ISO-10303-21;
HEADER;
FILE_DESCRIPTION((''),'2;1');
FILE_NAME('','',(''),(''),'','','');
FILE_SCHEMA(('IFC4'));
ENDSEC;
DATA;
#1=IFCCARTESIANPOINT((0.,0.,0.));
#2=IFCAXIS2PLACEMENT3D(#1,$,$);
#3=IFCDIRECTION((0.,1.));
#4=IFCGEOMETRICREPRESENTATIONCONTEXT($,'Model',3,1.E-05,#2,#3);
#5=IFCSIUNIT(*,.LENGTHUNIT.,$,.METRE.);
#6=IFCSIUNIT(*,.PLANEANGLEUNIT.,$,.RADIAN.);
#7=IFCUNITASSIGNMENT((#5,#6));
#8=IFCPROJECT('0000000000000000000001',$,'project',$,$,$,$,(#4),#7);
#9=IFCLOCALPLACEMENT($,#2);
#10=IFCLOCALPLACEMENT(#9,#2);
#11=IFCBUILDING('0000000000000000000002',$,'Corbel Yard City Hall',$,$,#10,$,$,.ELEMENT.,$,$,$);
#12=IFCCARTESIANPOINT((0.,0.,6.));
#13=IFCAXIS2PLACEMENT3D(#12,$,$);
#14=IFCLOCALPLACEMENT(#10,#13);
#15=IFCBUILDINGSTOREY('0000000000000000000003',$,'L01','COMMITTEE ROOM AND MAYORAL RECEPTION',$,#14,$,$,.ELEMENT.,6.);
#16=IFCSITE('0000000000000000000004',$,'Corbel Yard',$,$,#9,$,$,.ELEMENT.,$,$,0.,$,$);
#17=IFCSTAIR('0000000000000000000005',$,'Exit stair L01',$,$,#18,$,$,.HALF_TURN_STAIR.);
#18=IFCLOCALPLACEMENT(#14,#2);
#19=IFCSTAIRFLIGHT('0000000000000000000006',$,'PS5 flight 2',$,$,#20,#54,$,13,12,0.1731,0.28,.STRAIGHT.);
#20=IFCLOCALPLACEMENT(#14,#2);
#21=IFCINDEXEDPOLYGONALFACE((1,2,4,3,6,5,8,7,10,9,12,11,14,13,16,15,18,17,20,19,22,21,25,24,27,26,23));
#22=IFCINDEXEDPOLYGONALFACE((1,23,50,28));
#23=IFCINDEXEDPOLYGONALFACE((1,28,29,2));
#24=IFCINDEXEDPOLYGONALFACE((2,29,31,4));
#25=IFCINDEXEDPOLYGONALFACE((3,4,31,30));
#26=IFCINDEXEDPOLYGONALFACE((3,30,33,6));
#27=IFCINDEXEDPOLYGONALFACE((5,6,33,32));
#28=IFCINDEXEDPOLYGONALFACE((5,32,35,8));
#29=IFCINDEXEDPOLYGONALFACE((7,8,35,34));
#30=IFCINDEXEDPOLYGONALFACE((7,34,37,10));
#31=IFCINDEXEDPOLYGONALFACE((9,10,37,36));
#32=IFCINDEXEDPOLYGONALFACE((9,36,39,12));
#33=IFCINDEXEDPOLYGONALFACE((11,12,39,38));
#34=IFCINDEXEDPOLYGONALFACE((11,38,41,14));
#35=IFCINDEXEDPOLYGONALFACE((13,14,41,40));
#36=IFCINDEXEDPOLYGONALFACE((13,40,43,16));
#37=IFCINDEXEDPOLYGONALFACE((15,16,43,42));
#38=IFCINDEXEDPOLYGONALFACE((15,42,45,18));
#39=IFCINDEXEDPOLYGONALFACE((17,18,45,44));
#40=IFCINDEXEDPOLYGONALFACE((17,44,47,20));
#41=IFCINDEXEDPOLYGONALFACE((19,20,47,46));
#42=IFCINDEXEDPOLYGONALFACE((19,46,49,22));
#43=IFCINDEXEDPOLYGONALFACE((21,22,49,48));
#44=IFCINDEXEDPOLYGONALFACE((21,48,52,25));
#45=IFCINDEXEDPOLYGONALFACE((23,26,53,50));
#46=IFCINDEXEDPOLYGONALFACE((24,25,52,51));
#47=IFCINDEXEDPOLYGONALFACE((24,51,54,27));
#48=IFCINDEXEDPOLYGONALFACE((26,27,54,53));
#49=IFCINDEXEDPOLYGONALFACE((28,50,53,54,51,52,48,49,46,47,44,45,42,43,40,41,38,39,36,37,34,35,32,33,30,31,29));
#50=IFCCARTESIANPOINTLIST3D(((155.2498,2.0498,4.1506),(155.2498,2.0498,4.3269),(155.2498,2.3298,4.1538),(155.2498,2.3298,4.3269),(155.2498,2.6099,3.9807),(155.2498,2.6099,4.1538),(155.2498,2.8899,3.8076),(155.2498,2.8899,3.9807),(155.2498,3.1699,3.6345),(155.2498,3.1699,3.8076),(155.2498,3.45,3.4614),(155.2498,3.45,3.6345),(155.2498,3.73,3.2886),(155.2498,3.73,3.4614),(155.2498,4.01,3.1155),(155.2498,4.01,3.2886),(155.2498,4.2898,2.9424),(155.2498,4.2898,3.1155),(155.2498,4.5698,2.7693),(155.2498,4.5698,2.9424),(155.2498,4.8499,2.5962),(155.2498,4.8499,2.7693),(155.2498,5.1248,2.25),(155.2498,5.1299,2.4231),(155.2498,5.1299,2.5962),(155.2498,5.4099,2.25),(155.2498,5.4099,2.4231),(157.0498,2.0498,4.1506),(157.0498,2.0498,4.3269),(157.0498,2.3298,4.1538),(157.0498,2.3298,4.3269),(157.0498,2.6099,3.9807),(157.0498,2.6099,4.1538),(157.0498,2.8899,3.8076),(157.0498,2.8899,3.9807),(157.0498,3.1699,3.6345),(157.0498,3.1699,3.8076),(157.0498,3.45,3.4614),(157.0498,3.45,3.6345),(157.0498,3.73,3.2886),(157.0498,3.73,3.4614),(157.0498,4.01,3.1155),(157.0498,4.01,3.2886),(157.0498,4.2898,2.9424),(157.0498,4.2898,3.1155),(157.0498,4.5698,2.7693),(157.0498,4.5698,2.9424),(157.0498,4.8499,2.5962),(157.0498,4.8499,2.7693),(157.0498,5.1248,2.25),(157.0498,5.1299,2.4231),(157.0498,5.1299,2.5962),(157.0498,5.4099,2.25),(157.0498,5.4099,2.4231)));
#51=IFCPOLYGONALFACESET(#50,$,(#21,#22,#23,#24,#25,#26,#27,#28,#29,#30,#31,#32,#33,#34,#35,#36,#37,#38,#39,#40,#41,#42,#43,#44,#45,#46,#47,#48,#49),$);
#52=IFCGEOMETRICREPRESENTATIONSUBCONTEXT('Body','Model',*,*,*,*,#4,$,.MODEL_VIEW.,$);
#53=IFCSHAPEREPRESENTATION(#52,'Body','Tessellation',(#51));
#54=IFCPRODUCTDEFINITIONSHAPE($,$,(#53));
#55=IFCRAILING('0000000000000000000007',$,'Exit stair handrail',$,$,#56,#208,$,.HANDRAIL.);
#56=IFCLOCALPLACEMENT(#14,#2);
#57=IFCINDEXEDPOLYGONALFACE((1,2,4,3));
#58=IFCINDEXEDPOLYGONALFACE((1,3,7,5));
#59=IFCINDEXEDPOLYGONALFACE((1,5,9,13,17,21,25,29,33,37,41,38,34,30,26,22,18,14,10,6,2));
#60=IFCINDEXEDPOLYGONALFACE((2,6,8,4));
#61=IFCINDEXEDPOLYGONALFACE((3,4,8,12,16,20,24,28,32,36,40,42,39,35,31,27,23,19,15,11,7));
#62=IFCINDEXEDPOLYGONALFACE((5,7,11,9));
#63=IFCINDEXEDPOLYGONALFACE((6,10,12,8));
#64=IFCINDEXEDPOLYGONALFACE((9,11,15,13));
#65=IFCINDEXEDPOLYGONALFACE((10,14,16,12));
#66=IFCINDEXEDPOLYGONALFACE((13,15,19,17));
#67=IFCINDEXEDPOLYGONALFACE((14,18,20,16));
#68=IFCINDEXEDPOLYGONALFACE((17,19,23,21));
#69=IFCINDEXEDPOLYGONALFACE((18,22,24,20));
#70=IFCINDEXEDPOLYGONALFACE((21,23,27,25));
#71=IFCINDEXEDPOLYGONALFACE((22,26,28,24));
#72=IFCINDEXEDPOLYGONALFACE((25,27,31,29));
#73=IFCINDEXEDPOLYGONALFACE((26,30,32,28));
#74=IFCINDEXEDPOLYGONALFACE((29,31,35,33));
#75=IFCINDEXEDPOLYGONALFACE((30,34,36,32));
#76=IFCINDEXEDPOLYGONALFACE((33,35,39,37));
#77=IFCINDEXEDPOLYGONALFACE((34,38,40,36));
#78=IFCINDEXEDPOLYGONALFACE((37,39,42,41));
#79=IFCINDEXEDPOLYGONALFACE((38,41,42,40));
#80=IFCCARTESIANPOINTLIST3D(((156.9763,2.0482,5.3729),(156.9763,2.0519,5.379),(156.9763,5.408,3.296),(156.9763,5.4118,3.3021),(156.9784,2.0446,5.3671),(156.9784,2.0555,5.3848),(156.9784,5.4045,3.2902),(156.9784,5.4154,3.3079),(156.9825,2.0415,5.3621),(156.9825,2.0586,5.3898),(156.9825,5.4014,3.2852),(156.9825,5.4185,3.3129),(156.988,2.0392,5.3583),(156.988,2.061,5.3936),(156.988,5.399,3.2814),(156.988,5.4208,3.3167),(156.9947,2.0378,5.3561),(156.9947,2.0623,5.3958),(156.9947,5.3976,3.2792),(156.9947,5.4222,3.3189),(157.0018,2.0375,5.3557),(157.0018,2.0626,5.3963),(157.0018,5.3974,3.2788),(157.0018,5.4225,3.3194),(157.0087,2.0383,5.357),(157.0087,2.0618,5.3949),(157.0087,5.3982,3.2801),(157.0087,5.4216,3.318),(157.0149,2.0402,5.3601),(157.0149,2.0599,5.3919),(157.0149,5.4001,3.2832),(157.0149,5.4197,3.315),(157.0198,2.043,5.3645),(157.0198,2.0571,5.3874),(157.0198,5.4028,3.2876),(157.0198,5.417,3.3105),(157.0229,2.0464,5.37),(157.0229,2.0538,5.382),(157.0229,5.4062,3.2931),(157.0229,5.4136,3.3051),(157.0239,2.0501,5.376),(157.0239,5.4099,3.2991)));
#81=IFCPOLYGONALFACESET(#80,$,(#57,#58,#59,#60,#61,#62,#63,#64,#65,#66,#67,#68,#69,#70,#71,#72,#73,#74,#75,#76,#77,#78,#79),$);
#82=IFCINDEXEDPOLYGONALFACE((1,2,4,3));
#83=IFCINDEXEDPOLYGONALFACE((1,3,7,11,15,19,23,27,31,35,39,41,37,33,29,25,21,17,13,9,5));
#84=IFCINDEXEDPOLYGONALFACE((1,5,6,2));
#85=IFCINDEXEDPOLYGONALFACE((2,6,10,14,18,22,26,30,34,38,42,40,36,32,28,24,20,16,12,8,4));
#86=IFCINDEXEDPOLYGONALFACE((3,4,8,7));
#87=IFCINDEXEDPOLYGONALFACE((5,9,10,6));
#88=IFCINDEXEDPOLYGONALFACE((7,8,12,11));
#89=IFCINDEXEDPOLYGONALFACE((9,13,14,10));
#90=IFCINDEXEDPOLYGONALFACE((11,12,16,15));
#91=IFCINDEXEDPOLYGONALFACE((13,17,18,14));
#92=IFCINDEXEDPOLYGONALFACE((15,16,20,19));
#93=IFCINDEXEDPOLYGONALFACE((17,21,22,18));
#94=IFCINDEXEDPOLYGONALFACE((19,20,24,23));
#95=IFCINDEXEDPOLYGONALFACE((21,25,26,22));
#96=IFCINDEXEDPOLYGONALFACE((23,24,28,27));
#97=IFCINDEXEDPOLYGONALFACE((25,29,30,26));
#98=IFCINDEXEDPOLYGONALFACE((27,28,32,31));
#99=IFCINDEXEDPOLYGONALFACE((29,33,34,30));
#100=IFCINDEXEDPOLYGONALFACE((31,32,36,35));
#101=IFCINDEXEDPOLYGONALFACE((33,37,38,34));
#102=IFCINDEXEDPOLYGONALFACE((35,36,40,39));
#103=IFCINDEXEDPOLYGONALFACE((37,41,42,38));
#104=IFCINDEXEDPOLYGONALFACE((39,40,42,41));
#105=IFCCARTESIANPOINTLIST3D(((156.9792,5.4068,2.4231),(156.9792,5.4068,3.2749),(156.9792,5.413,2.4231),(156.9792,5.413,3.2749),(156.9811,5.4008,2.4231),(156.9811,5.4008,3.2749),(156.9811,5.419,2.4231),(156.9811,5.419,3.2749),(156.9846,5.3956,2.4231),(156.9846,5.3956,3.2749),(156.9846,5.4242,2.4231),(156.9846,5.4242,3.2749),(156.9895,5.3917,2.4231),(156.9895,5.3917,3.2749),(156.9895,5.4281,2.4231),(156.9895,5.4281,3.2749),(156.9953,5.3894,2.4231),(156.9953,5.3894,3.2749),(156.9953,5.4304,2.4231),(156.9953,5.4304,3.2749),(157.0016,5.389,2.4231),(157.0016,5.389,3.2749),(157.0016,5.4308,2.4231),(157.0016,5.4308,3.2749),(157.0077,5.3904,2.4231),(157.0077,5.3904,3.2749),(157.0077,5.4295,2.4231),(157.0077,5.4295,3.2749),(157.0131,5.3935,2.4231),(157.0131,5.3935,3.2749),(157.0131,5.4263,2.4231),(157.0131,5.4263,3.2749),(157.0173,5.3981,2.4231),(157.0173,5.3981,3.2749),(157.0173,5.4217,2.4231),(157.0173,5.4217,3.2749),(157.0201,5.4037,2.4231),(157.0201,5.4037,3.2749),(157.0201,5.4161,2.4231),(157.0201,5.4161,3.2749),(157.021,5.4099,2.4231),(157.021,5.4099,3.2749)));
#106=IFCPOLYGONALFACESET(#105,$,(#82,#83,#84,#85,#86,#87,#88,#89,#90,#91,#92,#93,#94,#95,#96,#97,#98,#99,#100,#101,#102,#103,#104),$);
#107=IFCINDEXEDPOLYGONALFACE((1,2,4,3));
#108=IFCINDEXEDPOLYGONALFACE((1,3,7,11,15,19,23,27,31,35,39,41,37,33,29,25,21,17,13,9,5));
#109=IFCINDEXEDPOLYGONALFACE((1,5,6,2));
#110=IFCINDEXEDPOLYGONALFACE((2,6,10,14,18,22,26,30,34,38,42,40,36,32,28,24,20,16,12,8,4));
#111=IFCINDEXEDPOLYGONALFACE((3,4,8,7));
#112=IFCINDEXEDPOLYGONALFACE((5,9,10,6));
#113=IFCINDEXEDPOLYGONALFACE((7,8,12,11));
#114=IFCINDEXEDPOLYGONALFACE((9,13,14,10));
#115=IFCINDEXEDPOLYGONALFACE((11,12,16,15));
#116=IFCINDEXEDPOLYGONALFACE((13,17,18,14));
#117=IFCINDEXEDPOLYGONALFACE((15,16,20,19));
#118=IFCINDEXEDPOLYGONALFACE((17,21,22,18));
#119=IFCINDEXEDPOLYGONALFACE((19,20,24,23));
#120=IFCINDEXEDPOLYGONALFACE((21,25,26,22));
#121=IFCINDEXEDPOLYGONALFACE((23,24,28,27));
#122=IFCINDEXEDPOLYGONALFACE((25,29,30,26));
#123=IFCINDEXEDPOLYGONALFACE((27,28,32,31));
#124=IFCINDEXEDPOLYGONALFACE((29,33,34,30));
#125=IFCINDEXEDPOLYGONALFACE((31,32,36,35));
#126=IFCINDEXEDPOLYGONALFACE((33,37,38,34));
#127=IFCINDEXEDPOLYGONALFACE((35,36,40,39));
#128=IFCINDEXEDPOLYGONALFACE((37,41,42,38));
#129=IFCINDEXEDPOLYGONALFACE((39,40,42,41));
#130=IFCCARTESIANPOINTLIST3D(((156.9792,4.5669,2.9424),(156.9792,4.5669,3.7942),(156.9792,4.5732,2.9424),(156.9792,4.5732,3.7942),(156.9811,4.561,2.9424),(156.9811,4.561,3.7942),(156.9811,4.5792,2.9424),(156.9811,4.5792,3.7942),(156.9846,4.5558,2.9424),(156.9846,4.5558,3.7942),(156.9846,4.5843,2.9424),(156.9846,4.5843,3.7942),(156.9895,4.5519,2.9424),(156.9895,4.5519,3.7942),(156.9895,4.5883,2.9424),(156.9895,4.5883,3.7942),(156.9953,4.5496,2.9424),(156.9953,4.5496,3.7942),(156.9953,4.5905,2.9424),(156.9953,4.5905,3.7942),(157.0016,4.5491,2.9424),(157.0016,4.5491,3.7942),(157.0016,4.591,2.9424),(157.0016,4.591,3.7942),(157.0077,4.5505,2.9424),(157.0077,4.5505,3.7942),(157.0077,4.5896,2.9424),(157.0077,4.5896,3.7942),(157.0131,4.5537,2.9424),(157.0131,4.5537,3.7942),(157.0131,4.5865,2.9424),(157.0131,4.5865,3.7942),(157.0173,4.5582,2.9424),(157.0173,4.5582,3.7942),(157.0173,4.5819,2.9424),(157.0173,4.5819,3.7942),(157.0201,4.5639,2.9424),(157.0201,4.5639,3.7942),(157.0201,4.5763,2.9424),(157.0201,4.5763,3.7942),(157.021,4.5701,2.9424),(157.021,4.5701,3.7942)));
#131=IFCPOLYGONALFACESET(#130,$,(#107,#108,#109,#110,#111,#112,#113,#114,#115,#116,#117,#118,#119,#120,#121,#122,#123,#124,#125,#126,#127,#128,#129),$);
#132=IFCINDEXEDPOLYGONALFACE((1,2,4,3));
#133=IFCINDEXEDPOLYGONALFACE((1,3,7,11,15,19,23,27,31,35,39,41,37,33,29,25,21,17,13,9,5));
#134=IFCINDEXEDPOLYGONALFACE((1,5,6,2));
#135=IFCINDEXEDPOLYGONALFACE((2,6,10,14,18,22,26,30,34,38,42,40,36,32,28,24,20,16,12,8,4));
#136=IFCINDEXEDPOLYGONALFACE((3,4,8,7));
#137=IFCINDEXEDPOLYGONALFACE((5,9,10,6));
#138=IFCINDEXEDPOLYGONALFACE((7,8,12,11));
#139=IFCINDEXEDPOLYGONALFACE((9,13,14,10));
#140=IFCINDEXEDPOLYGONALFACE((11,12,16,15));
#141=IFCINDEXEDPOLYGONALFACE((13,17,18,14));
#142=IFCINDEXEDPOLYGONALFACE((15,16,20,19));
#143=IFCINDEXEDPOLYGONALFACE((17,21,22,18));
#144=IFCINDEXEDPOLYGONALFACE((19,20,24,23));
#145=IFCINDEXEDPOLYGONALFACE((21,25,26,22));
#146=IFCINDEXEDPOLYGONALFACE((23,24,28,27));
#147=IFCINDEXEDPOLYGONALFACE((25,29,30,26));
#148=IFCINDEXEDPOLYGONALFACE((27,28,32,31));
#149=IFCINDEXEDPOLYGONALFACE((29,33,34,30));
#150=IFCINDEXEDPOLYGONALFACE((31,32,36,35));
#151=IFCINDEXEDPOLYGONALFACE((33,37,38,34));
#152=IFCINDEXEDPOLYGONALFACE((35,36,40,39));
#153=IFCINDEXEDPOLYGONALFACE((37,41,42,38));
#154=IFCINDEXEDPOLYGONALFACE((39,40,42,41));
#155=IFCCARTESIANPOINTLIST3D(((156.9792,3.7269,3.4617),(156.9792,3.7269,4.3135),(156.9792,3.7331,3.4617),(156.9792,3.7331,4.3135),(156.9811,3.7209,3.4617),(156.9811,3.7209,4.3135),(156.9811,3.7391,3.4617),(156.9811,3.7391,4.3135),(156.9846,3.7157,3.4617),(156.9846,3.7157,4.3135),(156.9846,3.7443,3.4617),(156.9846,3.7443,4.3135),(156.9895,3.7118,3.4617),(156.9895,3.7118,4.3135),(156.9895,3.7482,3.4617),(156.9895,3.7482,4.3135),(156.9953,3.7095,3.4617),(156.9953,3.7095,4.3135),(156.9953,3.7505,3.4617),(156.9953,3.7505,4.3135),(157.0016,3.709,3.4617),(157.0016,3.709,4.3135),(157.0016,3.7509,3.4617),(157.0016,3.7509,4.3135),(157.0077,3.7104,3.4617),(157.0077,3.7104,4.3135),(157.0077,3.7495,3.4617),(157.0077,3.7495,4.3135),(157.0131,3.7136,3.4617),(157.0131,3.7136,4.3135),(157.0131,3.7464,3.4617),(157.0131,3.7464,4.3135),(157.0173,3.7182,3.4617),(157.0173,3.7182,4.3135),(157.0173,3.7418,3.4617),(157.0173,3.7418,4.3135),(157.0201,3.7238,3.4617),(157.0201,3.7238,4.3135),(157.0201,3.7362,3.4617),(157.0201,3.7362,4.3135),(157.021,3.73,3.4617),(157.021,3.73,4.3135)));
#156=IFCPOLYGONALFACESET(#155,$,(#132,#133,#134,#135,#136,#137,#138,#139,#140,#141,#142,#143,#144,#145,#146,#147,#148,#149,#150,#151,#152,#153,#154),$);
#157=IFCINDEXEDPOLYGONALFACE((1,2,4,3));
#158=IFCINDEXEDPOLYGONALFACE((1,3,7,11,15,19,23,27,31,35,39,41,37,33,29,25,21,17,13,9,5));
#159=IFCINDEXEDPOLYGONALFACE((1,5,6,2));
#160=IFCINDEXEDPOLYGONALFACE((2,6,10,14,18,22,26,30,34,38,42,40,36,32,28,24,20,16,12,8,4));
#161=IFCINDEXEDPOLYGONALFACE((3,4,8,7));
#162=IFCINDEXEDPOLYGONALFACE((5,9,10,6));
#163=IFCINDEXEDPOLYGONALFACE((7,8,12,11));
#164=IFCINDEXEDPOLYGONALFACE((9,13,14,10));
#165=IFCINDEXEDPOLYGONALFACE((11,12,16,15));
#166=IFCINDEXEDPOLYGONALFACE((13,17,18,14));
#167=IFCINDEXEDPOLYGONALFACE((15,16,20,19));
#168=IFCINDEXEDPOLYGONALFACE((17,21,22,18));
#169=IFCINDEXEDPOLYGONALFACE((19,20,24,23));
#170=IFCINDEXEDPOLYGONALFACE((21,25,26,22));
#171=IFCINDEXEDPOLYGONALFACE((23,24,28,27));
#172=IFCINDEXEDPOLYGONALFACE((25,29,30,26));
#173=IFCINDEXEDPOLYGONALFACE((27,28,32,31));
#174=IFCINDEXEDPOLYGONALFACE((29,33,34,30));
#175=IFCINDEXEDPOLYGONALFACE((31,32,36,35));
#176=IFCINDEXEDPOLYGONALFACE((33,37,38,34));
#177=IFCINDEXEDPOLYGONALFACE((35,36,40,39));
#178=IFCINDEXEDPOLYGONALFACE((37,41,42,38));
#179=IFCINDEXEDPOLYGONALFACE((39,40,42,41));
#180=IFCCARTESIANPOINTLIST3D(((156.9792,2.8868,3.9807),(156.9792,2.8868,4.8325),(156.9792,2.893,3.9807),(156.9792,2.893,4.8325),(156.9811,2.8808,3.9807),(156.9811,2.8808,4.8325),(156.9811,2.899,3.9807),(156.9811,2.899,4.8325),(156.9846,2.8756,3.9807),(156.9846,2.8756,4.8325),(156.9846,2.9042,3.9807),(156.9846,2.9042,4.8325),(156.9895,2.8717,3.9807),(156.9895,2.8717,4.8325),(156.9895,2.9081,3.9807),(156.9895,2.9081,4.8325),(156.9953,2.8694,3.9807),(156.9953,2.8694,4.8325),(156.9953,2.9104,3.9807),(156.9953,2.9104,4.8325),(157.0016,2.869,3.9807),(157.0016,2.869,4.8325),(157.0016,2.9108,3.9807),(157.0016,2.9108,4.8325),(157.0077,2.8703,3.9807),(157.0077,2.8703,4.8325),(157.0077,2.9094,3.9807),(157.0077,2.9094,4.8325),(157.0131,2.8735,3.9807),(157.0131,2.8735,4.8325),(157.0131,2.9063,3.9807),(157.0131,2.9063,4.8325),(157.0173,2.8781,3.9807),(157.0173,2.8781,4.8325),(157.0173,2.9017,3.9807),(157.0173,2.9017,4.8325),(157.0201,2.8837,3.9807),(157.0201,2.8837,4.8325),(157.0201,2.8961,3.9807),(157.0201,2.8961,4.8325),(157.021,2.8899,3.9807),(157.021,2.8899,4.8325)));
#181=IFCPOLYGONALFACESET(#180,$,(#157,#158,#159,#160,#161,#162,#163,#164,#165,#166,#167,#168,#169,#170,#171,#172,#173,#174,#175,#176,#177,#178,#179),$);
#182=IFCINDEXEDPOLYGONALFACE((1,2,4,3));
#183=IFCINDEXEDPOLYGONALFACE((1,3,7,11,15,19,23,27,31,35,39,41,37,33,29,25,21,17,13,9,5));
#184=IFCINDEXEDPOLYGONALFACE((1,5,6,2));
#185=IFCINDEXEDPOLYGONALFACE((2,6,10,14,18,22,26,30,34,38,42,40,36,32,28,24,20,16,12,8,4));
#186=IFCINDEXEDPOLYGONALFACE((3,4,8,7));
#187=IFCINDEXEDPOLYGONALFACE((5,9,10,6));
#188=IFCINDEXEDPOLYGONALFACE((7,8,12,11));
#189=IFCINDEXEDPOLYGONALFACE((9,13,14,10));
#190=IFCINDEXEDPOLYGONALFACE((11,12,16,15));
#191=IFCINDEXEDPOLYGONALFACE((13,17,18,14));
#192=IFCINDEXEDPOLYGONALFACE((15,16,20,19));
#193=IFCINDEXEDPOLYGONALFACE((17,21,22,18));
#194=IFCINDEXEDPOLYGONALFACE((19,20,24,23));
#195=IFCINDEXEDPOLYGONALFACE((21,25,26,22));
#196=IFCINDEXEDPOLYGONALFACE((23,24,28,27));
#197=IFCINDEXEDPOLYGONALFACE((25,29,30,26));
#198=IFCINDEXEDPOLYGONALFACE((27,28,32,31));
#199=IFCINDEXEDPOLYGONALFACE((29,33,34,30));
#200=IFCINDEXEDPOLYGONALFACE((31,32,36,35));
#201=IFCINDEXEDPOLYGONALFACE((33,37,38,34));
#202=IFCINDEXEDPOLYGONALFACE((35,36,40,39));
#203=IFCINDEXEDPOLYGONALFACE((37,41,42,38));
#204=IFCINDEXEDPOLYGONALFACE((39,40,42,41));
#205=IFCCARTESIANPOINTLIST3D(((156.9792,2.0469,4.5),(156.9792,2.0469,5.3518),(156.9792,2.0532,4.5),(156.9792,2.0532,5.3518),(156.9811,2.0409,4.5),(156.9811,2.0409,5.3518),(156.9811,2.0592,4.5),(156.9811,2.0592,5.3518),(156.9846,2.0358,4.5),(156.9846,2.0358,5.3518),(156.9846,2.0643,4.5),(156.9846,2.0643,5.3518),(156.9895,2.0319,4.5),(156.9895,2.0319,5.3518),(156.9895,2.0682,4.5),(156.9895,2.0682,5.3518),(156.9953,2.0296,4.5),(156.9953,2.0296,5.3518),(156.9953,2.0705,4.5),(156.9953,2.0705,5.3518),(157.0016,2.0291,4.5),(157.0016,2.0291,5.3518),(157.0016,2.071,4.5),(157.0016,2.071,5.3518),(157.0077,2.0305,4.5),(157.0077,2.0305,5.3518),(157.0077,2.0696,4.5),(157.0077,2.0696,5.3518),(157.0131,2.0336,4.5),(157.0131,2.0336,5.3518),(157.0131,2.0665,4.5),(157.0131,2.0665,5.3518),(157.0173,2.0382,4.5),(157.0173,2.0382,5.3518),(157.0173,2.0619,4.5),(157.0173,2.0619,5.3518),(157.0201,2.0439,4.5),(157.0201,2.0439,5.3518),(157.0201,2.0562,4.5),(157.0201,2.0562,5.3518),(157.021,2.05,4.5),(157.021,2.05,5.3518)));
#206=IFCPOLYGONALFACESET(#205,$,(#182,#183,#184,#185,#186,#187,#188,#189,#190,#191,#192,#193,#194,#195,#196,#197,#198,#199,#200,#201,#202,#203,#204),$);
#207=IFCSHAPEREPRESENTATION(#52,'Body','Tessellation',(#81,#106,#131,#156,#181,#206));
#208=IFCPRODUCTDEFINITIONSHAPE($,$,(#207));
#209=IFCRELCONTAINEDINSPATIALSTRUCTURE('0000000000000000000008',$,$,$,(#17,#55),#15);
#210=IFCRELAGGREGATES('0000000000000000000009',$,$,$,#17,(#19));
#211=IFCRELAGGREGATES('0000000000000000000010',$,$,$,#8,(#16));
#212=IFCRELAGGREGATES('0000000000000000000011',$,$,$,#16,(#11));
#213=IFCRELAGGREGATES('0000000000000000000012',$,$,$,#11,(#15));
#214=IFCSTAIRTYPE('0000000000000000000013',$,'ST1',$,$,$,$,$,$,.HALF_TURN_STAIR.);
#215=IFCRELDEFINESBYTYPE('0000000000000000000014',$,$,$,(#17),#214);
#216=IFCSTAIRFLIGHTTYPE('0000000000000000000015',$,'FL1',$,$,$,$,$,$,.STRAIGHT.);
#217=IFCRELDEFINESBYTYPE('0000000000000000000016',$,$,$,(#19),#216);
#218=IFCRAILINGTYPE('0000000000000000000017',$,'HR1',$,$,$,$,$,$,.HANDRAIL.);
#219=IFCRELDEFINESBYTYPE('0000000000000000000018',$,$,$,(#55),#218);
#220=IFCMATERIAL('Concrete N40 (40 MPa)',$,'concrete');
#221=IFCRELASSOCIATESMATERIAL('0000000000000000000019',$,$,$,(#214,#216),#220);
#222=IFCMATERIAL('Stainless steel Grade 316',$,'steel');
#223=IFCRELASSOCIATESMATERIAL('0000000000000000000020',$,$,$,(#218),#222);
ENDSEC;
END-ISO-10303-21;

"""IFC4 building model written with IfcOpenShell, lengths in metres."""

from ifc_helpers import new_model, si_unit, direction, frame, origin, origin_2d, place, context, subcontext, project, spatial, polyline, circle, outline, extrude, material, type_object, element, aggregate, save


model = new_model("IFC4")

# Units and contexts
model_context = context("Model", 3, precision=1e-05, world=origin(), true_north=direction((0.0, 1.0)))
body_context = subcontext(model_context, "Body", "Model", "MODEL_VIEW")
ifc_project = project(units=[si_unit("LENGTHUNIT", "METRE"), si_unit("PLANEANGLEUNIT", "RADIAN")], contexts=[model_context])

# Site, building, storey
site_placement = place(None, origin())
site = spatial("IfcSite", under=ifc_project, at=site_placement, Name="Corbel Yard", CompositionType="ELEMENT", RefElevation=0.0)
building_placement = place(site_placement, origin())
building = spatial("IfcBuilding", under=site, at=building_placement, Name="Corbel Yard City Hall", CompositionType="ELEMENT")
storey_placement = place(building_placement, frame((0.0, 0.0, 6.0)))
storey = spatial("IfcBuildingStorey", under=building, at=storey_placement, Name="L01", Description="COMMITTEE ROOM AND MAYORAL RECEPTION", CompositionType="ELEMENT", Elevation=6.0)

# Shared definitions
ifc_material_1 = material(Name="Concrete N40 (40 MPa)", Category="concrete")
ifc_material_2 = material(Name="Stainless steel Grade 316", Category="steel")

# Stair, stair flight
stair_type = type_object("IfcStairType", Name="ST1", PredefinedType="HALF_TURN_STAIR", material=ifc_material_1)
stair_placement = place(storey_placement, origin())
stair = element("IfcStair", 1, at=stair_placement, inside=storey, type_object=stair_type, Name="Exit stair L01", PredefinedType="HALF_TURN_STAIR")
stair_flight_type = type_object("IfcStairFlightType", Name="FL1", PredefinedType="STRAIGHT", material=ifc_material_1)
stair_flight_placement = place(storey_placement, frame((156.1499, 5.4099, 2.25), z_axis=(0.0, 0.0, 1.0), x_axis=(0.0, -1.0, 0.0)))
stair_flight = element("IfcStairFlight", 2, at=stair_flight_placement, type_object=stair_flight_type, Name="PS5 flight 2", NumberOfRisers=13, NumberOfTreads=12, PredefinedType="STRAIGHT", RiserHeight=0.1731, TreadLength=0.28, context=body_context, shape_type="SweptSolid", body=[
    extrude(outline(polyline([(0.0, 0.0), (0.0, 0.1731), (0.28, 0.1731), (0.28, 0.3462), (0.5601, 0.3462), (0.5601, 0.5193), (0.8401, 0.5193), (0.8401, 0.6924), (1.1201, 0.6924), (1.1201, 0.8655), (1.3999, 0.8655), (1.3999, 1.0386), (1.6799, 1.0386), (1.6799, 1.2114), (1.96, 1.2114), (1.96, 1.3845), (2.24, 1.3845), (2.24, 1.5576), (2.52, 1.5576), (2.52, 1.7307), (2.8, 1.7307), (2.8, 1.9038), (3.0801, 1.9038), (3.0801, 2.0769), (3.3601, 2.0769), (3.3601, 2.25), (3.3601, 1.9006), (0.2852, 0.0), (0.0, 0.0)])), frame((0.0, 0.8999, 0.0), z_axis=(0.0, -1.0, 0.0), x_axis=(1.0, 0.0, 0.0)), (0.0, 0.0, 1.0), 1.8),
])
aggregate(stair, [stair_flight])

# Railing
railing_type = type_object("IfcRailingType", Name="HR1", PredefinedType="HANDRAIL", material=ifc_material_2)
railing_placement = place(storey_placement, frame((157.0, 5.4099, 2.4231)))
element("IfcRailing", 3, at=railing_placement, inside=storey, type_object=railing_type, Name="Exit stair handrail", PredefinedType="HANDRAIL", context=body_context, shape_type="SweptSolid", body=[
    extrude(circle(Radius=0.0239, at=origin_2d()), frame((0.0, 0.0, 0.876), z_axis=(0.0, -0.850606, 0.525803), x_axis=(1.0, 0.0, 0.0)), (0.0, 0.0, 1.0), 3.95),
    extrude(circle(Radius=0.021, at=origin_2d()), origin(), (0.0, 0.0, 1.0), 0.8518),
    extrude(circle(Radius=0.021, at=origin_2d()), frame((0.0, -0.8398, 0.5193)), (0.0, 0.0, 1.0), 0.8518),
    extrude(circle(Radius=0.021, at=origin_2d()), frame((0.0, -1.6799, 1.0386)), (0.0, 0.0, 1.0), 0.8518),
    extrude(circle(Radius=0.021, at=origin_2d()), frame((0.0, -2.52, 1.5576)), (0.0, 0.0, 1.0), 0.8518),
    extrude(circle(Radius=0.021, at=origin_2d()), frame((0.0, -3.3599, 2.0769)), (0.0, 0.0, 1.0), 0.8518),
])

save(model, "model.ifc")
